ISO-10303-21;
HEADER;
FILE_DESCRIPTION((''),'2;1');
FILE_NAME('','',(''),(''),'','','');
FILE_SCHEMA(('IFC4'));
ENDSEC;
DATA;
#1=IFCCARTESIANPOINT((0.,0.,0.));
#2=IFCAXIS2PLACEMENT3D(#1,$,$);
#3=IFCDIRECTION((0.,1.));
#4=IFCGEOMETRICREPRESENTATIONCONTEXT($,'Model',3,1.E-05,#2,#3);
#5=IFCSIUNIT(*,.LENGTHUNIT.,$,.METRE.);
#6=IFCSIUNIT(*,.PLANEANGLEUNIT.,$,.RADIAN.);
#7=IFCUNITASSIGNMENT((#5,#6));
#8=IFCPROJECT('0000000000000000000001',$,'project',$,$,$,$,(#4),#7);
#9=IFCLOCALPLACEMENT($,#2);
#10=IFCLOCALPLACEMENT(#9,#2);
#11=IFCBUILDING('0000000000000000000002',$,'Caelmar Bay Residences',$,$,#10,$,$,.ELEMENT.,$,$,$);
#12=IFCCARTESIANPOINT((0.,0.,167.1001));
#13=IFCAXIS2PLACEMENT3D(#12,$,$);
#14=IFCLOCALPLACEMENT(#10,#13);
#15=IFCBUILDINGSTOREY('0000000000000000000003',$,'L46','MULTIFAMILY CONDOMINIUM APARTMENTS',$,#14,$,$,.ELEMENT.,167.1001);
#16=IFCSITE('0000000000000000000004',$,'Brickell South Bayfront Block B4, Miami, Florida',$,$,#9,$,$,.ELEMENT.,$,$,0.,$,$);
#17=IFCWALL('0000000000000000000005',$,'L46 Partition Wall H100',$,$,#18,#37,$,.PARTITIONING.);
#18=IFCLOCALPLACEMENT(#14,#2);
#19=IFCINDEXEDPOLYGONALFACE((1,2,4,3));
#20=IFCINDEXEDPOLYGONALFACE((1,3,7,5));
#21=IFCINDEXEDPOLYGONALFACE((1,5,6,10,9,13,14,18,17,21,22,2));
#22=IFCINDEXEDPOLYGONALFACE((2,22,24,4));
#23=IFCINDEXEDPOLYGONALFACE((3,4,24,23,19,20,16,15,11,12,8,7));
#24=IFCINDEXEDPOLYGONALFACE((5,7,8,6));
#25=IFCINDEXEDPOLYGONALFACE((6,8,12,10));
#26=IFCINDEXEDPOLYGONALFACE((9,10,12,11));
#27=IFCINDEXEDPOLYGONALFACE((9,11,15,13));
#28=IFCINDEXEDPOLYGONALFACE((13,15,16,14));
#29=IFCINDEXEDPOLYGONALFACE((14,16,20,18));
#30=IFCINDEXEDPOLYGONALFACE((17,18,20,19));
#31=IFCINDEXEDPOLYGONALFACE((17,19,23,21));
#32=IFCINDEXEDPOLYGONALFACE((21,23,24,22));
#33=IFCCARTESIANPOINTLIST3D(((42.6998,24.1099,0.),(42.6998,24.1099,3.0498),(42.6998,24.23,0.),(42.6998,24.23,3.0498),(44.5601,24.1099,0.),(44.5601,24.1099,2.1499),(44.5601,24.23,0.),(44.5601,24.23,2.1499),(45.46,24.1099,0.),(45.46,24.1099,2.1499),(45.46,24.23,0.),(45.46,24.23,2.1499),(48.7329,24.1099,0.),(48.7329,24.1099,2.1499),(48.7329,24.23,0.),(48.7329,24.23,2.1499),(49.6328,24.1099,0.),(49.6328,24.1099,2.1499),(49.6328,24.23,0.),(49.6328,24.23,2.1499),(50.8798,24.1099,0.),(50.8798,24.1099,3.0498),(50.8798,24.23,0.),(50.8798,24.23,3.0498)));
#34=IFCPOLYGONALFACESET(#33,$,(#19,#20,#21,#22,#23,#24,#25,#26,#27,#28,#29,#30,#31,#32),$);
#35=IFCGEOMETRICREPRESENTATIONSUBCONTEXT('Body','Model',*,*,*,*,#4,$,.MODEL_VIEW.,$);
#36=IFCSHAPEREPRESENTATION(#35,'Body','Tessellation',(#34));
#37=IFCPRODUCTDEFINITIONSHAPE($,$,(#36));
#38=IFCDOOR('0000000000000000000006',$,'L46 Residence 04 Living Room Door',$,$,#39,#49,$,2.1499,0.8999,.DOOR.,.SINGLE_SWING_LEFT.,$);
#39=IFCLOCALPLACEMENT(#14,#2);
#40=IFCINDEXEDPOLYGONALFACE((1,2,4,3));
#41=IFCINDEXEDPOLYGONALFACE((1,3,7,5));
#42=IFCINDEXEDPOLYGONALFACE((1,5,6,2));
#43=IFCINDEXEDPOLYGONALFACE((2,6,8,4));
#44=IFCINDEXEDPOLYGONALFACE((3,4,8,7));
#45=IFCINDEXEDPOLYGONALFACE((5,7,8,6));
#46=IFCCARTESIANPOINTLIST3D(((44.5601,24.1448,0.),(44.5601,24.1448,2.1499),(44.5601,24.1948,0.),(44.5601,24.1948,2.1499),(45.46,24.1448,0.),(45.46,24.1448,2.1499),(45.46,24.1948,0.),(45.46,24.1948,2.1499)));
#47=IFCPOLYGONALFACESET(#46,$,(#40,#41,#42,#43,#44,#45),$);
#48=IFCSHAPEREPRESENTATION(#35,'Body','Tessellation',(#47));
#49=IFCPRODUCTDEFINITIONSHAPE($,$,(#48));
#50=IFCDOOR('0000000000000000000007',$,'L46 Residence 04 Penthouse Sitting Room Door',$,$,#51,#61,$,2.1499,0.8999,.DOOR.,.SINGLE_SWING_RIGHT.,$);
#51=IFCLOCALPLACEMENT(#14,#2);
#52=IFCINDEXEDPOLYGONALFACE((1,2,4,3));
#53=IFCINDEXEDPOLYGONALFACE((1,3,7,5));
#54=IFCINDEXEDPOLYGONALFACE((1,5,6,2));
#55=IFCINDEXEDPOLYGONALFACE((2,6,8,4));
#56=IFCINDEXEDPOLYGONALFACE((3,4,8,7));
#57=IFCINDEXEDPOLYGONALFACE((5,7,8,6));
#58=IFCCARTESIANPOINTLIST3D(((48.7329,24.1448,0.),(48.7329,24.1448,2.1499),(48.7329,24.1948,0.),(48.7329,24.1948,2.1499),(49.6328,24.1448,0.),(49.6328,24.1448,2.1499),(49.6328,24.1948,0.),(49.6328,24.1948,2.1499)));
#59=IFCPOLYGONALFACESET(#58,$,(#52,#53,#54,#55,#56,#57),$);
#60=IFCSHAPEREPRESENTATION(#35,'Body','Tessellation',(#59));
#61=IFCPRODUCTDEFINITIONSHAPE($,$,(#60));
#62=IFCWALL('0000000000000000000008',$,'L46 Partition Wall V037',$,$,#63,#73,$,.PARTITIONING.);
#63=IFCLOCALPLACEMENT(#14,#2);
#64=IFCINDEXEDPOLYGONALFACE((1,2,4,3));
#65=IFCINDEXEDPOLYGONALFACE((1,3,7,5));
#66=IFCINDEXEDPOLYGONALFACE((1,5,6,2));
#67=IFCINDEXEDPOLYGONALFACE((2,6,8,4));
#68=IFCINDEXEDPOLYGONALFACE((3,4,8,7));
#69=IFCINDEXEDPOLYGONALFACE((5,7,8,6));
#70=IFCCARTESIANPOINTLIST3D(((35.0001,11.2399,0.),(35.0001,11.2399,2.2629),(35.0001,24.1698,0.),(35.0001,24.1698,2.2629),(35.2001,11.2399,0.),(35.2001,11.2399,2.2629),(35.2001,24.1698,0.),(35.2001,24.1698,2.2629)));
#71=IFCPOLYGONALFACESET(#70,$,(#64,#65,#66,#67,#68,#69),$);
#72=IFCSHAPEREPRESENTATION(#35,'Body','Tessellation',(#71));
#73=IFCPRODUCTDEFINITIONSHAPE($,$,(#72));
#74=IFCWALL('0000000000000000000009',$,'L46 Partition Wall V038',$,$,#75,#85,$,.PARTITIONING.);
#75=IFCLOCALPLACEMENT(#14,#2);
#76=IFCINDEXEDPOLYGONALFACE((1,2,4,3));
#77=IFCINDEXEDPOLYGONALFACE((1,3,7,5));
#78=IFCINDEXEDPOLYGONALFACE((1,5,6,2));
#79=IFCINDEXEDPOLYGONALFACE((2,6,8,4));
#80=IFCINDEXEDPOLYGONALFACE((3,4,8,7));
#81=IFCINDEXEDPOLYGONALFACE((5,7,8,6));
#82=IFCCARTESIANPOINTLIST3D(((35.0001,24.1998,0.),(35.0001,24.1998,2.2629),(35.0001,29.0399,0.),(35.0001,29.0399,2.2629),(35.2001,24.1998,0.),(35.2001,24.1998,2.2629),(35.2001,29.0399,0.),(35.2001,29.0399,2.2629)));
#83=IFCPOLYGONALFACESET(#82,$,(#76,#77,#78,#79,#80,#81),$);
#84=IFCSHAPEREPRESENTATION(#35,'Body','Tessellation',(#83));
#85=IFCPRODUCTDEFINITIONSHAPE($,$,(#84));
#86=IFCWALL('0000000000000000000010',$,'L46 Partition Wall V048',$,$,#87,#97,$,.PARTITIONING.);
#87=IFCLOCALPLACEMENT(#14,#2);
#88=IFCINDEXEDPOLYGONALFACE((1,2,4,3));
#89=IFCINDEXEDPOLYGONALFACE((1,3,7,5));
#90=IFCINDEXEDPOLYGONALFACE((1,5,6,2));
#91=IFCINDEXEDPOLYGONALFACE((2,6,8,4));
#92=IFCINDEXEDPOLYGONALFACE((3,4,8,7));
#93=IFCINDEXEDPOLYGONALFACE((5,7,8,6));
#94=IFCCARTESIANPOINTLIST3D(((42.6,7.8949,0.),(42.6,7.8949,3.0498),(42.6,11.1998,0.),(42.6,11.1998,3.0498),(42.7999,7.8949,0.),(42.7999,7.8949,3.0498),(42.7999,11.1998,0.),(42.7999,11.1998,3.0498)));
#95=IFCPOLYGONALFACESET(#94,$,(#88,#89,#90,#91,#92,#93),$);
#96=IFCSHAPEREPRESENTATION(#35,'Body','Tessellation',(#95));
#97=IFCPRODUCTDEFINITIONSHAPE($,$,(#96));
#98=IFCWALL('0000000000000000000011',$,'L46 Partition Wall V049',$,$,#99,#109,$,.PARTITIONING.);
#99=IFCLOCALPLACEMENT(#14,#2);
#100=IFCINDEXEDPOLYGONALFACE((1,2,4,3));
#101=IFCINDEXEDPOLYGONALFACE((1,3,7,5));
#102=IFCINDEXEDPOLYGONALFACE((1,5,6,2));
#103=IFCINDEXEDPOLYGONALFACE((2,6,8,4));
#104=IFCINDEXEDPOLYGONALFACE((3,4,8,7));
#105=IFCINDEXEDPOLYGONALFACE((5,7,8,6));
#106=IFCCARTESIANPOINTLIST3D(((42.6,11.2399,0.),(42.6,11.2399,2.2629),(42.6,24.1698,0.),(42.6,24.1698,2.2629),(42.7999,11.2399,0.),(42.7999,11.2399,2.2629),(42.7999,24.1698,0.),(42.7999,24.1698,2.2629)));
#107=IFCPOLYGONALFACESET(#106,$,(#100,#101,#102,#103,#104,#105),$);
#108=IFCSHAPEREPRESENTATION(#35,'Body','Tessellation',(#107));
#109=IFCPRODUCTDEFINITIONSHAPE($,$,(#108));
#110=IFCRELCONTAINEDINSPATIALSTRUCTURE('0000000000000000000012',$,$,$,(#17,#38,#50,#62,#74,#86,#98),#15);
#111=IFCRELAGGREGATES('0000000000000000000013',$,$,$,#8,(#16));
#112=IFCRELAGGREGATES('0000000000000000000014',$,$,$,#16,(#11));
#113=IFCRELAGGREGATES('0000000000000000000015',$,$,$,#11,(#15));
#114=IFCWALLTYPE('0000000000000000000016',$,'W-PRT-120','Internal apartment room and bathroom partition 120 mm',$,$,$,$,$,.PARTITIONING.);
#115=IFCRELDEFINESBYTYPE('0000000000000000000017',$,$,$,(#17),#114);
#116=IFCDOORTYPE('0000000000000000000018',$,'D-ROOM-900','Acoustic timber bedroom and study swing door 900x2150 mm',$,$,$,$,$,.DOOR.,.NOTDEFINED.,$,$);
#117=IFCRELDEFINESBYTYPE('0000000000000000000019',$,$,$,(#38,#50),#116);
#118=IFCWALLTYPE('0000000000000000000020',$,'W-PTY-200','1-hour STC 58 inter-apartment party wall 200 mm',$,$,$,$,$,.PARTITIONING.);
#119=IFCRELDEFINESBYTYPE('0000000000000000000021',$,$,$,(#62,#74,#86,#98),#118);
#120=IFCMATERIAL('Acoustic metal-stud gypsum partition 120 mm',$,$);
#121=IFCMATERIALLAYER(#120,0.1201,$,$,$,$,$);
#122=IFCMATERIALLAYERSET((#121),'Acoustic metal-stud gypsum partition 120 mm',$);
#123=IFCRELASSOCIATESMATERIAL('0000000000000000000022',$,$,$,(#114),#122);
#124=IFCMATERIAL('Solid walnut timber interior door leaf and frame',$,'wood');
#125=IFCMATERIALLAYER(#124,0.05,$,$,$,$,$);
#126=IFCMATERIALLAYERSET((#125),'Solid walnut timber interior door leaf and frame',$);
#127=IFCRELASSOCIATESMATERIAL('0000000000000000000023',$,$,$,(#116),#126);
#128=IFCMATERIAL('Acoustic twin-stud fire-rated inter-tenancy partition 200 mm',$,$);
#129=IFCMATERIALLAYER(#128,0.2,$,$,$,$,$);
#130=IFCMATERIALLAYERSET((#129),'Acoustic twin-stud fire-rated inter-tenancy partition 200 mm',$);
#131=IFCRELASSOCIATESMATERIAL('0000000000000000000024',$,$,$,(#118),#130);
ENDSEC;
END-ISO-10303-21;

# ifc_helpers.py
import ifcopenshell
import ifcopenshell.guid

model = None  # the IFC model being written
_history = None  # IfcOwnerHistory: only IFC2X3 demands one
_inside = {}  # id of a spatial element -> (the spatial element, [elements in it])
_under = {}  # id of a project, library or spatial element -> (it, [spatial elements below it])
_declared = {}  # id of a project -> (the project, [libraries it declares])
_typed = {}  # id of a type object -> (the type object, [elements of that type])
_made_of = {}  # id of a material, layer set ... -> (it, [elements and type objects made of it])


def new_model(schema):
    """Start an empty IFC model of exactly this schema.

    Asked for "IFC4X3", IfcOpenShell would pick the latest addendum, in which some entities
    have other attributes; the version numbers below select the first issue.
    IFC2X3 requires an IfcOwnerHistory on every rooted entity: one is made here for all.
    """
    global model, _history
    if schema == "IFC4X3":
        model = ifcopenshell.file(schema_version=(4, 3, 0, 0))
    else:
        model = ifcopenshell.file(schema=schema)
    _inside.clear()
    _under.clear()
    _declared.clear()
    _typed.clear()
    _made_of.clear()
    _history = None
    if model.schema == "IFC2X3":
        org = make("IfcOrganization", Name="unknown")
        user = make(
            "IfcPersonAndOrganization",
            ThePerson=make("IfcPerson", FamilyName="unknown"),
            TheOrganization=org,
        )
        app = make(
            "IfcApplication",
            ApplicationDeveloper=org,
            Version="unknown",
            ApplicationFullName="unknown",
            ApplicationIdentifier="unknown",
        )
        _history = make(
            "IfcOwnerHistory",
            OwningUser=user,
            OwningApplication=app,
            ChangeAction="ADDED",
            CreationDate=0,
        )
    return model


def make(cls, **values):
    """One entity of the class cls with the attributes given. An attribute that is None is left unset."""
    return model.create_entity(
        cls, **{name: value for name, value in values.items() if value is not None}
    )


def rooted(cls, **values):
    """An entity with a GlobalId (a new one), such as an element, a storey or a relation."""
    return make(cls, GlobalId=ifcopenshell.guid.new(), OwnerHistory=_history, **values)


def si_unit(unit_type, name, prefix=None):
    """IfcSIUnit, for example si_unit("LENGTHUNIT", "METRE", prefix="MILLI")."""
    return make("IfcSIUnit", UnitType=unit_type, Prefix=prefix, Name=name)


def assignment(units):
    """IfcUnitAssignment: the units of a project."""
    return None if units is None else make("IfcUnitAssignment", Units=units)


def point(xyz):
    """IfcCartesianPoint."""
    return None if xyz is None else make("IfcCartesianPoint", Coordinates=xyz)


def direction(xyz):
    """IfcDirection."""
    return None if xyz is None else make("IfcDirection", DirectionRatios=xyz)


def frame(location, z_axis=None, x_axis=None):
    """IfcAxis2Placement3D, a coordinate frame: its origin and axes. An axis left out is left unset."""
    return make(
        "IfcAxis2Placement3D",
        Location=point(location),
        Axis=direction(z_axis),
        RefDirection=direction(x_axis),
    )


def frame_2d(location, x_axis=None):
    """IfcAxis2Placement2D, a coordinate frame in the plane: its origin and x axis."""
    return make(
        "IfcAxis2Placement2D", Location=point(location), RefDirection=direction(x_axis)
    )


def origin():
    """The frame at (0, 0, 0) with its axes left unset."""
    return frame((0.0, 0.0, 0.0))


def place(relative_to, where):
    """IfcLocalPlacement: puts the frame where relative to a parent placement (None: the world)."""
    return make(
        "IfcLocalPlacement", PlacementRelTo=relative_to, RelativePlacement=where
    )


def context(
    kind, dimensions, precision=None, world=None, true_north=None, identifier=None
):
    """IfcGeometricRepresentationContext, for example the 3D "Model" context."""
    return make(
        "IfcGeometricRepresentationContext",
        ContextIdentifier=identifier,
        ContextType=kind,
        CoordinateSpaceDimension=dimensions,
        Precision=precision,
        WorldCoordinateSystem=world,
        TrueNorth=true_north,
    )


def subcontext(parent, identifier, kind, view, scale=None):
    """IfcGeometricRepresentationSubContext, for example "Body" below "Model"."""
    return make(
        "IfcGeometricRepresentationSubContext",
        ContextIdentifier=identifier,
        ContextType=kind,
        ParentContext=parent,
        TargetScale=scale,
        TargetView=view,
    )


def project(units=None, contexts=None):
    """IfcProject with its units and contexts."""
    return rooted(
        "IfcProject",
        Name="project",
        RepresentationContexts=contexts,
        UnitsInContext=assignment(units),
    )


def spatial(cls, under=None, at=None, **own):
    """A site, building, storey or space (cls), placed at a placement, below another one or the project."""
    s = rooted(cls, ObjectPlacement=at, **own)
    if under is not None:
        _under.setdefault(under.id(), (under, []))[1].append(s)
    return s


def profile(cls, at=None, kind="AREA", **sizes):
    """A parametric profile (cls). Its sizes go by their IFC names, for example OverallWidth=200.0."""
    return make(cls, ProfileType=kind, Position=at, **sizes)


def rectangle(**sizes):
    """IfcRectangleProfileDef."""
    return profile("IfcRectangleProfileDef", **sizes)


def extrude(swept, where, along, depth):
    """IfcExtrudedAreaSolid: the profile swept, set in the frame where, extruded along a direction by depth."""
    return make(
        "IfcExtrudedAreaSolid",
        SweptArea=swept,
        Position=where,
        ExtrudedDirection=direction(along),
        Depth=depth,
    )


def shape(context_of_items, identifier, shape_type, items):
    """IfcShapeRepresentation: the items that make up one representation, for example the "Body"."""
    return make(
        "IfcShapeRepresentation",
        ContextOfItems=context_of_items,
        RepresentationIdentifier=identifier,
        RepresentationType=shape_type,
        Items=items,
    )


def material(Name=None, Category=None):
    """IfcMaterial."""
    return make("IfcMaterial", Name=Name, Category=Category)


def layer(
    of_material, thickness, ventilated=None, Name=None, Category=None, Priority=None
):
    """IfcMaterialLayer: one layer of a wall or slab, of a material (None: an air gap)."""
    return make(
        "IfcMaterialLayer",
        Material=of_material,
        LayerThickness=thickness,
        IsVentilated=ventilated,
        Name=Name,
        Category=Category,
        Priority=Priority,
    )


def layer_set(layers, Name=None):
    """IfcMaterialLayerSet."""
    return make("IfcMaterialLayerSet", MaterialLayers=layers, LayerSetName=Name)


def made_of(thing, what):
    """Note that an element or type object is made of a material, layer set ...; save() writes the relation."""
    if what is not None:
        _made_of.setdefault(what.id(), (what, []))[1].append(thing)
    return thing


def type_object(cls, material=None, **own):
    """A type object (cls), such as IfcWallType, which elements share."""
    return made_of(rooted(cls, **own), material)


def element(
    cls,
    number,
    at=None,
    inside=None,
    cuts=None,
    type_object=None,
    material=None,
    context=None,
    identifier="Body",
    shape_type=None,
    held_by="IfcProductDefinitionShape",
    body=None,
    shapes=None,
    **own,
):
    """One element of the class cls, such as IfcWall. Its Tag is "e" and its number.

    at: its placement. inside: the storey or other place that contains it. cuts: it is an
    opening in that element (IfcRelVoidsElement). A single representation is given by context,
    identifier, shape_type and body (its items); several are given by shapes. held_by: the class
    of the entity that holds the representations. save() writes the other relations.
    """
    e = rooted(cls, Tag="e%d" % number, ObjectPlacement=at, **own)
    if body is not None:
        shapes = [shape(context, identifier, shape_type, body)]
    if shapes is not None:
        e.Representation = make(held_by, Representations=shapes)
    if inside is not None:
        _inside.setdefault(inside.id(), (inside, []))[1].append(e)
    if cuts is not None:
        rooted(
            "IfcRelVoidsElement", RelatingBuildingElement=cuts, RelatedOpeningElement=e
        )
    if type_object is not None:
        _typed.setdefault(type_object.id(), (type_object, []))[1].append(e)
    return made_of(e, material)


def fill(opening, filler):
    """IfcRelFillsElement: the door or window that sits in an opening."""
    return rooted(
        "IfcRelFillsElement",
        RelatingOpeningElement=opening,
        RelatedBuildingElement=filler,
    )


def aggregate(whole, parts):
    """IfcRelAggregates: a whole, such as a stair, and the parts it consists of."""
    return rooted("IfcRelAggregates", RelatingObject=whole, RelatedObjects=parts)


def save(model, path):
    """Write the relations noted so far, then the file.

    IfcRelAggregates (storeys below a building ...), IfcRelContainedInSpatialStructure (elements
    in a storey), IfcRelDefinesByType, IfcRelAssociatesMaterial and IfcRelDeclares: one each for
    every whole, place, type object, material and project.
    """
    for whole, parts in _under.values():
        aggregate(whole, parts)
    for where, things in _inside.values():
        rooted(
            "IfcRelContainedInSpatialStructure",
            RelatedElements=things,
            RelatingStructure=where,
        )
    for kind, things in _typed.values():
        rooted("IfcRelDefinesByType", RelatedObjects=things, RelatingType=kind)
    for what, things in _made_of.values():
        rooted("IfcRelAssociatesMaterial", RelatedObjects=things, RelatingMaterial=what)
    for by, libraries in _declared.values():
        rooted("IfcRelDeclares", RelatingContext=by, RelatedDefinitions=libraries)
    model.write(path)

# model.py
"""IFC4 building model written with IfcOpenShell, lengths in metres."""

from ifc_helpers import new_model, si_unit, direction, frame, frame_2d, origin, place, context, subcontext, project, spatial, rectangle, extrude, material, layer, layer_set, type_object, element, fill, save


model = new_model("IFC4")

# Units and contexts
model_context = context("Model", 3, precision=1e-05, world=origin(), true_north=direction((0.0, 1.0)))
body_context = subcontext(model_context, "Body", "Model", "MODEL_VIEW")
ifc_project = project(units=[si_unit("LENGTHUNIT", "METRE"), si_unit("PLANEANGLEUNIT", "RADIAN")], contexts=[model_context])

# Site, building, storey
site_placement = place(None, origin())
site = spatial("IfcSite", under=ifc_project, at=site_placement, Name="Brickell South Bayfront Block B4, Miami, Florida", CompositionType="ELEMENT", RefElevation=0.0)
building_placement = place(site_placement, origin())
building = spatial("IfcBuilding", under=site, at=building_placement, Name="Caelmar Bay Residences", CompositionType="ELEMENT")
storey_placement = place(building_placement, frame((0.0, 0.0, 167.1001)))
storey = spatial("IfcBuildingStorey", under=building, at=storey_placement, Name="L46", Description="MULTIFAMILY CONDOMINIUM APARTMENTS", CompositionType="ELEMENT", Elevation=167.1001)

# Shared definitions
ifc_material_1 = material(Name="Acoustic metal-stud gypsum partition 120 mm")
ifc_layer_1 = layer(ifc_material_1, 0.1201)
ifc_layer_set_1 = layer_set([ifc_layer_1], Name="Acoustic metal-stud gypsum partition 120 mm")
wall_type_1 = type_object("IfcWallType", Name="W-PRT-120", Description="Internal apartment room and bathroom partition 120 mm", PredefinedType="PARTITIONING", material=ifc_layer_set_1)

# Shared definitions
ifc_material_2 = material(Name="Solid walnut timber interior door leaf and frame", Category="wood")
ifc_layer_2 = layer(ifc_material_2, 0.05)
ifc_layer_set_2 = layer_set([ifc_layer_2], Name="Solid walnut timber interior door leaf and frame")
door_type = type_object("IfcDoorType", Name="D-ROOM-900", Description="Acoustic timber bedroom and study swing door 900x2150 mm", OperationType="NOTDEFINED", PredefinedType="DOOR", material=ifc_layer_set_2)

# Wall, openings, doors
wall_1_placement = place(storey_placement, frame((42.7, 24.1699, 0.0), z_axis=(0.0, 0.0, 1.0), x_axis=(1.0, 0.0, 0.0)))
wall_1 = element("IfcWall", 1, at=wall_1_placement, inside=storey, type_object=wall_type_1, Name="L46 Partition Wall H100", PredefinedType="PARTITIONING", context=body_context, shape_type="SweptSolid", body=[
    extrude(rectangle(XDim=8.1799, YDim=0.1201, at=frame_2d((4.0898, 0.0))), origin(), (0.0, 0.0, 1.0), 3.0498),
])
opening_1_placement = place(wall_1_placement, frame((1.8601, 0.0, 0.0)))
opening_1 = element("IfcOpeningElement", 2, at=opening_1_placement, cuts=wall_1, PredefinedType="OPENING", context=body_context, shape_type="SweptSolid", body=[
    extrude(rectangle(XDim=0.8999, YDim=2.1499, at=frame_2d((0.45, 1.075))), frame((0.0, 0.0701, 0.0), z_axis=(0.0, -1.0, 0.0), x_axis=(1.0, 0.0, 0.0)), (0.0, 0.0, 1.0), 0.1401),
])
opening_2_placement = place(wall_1_placement, frame((6.033, 0.0, 0.0)))
opening_2 = element("IfcOpeningElement", 3, at=opening_2_placement, cuts=wall_1, PredefinedType="OPENING", context=body_context, shape_type="SweptSolid", body=[
    extrude(rectangle(XDim=0.8999, YDim=2.1499, at=frame_2d((0.45, 1.075))), frame((0.0, 0.0701, 0.0), z_axis=(0.0, -1.0, 0.0), x_axis=(1.0, 0.0, 0.0)), (0.0, 0.0, 1.0), 0.1401),
])
door_1_placement = place(opening_1_placement, origin())
door_1 = element("IfcDoor", 4, at=door_1_placement, inside=storey, type_object=door_type, Name="L46 Residence 04 Living Room Door", OperationType="SINGLE_SWING_LEFT", OverallHeight=2.1499, OverallWidth=0.8999, PredefinedType="DOOR", context=body_context, shape_type="SweptSolid", body=[
    extrude(rectangle(XDim=0.8999, YDim=2.1499, at=frame_2d((0.45, 1.075))), frame((0.0, 0.0249, 0.0), z_axis=(0.0, -1.0, 0.0), x_axis=(1.0, 0.0, 0.0)), (0.0, 0.0, 1.0), 0.05),
])
fill(opening_1, door_1)
door_2_placement = place(opening_2_placement, origin())
door_2 = element("IfcDoor", 5, at=door_2_placement, inside=storey, type_object=door_type, Name="L46 Residence 04 Penthouse Sitting Room Door", OperationType="SINGLE_SWING_RIGHT", OverallHeight=2.1499, OverallWidth=0.8999, PredefinedType="DOOR", context=body_context, shape_type="SweptSolid", body=[
    extrude(rectangle(XDim=0.8999, YDim=2.1499, at=frame_2d((0.45, 1.075))), frame((0.0, 0.0249, 0.0), z_axis=(0.0, -1.0, 0.0), x_axis=(1.0, 0.0, 0.0)), (0.0, 0.0, 1.0), 0.05),
])
fill(opening_2, door_2)

# Walls
ifc_material_3 = material(Name="Acoustic twin-stud fire-rated inter-tenancy partition 200 mm")
ifc_layer_3 = layer(ifc_material_3, 0.2)
ifc_layer_set_3 = layer_set([ifc_layer_3], Name="Acoustic twin-stud fire-rated inter-tenancy partition 200 mm")
wall_type_2 = type_object("IfcWallType", Name="W-PTY-200", Description="1-hour STC 58 inter-apartment party wall 200 mm", PredefinedType="PARTITIONING", material=ifc_layer_set_3)
wall_2_placement = place(storey_placement, frame((35.1001, 11.24, 0.0), z_axis=(0.0, 0.0, 1.0), x_axis=(0.0, 1.0, 0.0)))
element("IfcWall", 6, at=wall_2_placement, inside=storey, type_object=wall_type_2, Name="L46 Partition Wall V037", PredefinedType="PARTITIONING", context=body_context, shape_type="SweptSolid", body=[
    extrude(rectangle(XDim=12.9299, YDim=0.2, at=frame_2d((6.4648, 0.0))), origin(), (0.0, 0.0, 1.0), 2.2629),
])
wall_3_placement = place(storey_placement, frame((35.1001, 24.2, 0.0), z_axis=(0.0, 0.0, 1.0), x_axis=(0.0, 1.0, 0.0)))
element("IfcWall", 7, at=wall_3_placement, inside=storey, type_object=wall_type_2, Name="L46 Partition Wall V038", PredefinedType="PARTITIONING", context=body_context, shape_type="SweptSolid", body=[
    extrude(rectangle(XDim=4.8401, YDim=0.2, at=frame_2d((2.4199, 0.0))), origin(), (0.0, 0.0, 1.0), 2.2629),
])
wall_4_placement = place(storey_placement, frame((42.7, 7.895, 0.0), z_axis=(0.0, 0.0, 1.0), x_axis=(0.0, 1.0, 0.0)))
element("IfcWall", 8, at=wall_4_placement, inside=storey, type_object=wall_type_2, Name="L46 Partition Wall V048", PredefinedType="PARTITIONING", context=body_context, shape_type="SweptSolid", body=[
    extrude(rectangle(XDim=3.3049, YDim=0.2, at=frame_2d((1.6523, 0.0))), origin(), (0.0, 0.0, 1.0), 3.0498),
])
wall_5_placement = place(storey_placement, frame((42.7, 11.24, 0.0), z_axis=(0.0, 0.0, 1.0), x_axis=(0.0, 1.0, 0.0)))
element("IfcWall", 9, at=wall_5_placement, inside=storey, type_object=wall_type_2, Name="L46 Partition Wall V049", PredefinedType="PARTITIONING", context=body_context, shape_type="SweptSolid", body=[
    extrude(rectangle(XDim=12.9299, YDim=0.2, at=frame_2d((6.4648, 0.0))), origin(), (0.0, 0.0, 1.0), 2.2629),
])

save(model, "model.ifc")
